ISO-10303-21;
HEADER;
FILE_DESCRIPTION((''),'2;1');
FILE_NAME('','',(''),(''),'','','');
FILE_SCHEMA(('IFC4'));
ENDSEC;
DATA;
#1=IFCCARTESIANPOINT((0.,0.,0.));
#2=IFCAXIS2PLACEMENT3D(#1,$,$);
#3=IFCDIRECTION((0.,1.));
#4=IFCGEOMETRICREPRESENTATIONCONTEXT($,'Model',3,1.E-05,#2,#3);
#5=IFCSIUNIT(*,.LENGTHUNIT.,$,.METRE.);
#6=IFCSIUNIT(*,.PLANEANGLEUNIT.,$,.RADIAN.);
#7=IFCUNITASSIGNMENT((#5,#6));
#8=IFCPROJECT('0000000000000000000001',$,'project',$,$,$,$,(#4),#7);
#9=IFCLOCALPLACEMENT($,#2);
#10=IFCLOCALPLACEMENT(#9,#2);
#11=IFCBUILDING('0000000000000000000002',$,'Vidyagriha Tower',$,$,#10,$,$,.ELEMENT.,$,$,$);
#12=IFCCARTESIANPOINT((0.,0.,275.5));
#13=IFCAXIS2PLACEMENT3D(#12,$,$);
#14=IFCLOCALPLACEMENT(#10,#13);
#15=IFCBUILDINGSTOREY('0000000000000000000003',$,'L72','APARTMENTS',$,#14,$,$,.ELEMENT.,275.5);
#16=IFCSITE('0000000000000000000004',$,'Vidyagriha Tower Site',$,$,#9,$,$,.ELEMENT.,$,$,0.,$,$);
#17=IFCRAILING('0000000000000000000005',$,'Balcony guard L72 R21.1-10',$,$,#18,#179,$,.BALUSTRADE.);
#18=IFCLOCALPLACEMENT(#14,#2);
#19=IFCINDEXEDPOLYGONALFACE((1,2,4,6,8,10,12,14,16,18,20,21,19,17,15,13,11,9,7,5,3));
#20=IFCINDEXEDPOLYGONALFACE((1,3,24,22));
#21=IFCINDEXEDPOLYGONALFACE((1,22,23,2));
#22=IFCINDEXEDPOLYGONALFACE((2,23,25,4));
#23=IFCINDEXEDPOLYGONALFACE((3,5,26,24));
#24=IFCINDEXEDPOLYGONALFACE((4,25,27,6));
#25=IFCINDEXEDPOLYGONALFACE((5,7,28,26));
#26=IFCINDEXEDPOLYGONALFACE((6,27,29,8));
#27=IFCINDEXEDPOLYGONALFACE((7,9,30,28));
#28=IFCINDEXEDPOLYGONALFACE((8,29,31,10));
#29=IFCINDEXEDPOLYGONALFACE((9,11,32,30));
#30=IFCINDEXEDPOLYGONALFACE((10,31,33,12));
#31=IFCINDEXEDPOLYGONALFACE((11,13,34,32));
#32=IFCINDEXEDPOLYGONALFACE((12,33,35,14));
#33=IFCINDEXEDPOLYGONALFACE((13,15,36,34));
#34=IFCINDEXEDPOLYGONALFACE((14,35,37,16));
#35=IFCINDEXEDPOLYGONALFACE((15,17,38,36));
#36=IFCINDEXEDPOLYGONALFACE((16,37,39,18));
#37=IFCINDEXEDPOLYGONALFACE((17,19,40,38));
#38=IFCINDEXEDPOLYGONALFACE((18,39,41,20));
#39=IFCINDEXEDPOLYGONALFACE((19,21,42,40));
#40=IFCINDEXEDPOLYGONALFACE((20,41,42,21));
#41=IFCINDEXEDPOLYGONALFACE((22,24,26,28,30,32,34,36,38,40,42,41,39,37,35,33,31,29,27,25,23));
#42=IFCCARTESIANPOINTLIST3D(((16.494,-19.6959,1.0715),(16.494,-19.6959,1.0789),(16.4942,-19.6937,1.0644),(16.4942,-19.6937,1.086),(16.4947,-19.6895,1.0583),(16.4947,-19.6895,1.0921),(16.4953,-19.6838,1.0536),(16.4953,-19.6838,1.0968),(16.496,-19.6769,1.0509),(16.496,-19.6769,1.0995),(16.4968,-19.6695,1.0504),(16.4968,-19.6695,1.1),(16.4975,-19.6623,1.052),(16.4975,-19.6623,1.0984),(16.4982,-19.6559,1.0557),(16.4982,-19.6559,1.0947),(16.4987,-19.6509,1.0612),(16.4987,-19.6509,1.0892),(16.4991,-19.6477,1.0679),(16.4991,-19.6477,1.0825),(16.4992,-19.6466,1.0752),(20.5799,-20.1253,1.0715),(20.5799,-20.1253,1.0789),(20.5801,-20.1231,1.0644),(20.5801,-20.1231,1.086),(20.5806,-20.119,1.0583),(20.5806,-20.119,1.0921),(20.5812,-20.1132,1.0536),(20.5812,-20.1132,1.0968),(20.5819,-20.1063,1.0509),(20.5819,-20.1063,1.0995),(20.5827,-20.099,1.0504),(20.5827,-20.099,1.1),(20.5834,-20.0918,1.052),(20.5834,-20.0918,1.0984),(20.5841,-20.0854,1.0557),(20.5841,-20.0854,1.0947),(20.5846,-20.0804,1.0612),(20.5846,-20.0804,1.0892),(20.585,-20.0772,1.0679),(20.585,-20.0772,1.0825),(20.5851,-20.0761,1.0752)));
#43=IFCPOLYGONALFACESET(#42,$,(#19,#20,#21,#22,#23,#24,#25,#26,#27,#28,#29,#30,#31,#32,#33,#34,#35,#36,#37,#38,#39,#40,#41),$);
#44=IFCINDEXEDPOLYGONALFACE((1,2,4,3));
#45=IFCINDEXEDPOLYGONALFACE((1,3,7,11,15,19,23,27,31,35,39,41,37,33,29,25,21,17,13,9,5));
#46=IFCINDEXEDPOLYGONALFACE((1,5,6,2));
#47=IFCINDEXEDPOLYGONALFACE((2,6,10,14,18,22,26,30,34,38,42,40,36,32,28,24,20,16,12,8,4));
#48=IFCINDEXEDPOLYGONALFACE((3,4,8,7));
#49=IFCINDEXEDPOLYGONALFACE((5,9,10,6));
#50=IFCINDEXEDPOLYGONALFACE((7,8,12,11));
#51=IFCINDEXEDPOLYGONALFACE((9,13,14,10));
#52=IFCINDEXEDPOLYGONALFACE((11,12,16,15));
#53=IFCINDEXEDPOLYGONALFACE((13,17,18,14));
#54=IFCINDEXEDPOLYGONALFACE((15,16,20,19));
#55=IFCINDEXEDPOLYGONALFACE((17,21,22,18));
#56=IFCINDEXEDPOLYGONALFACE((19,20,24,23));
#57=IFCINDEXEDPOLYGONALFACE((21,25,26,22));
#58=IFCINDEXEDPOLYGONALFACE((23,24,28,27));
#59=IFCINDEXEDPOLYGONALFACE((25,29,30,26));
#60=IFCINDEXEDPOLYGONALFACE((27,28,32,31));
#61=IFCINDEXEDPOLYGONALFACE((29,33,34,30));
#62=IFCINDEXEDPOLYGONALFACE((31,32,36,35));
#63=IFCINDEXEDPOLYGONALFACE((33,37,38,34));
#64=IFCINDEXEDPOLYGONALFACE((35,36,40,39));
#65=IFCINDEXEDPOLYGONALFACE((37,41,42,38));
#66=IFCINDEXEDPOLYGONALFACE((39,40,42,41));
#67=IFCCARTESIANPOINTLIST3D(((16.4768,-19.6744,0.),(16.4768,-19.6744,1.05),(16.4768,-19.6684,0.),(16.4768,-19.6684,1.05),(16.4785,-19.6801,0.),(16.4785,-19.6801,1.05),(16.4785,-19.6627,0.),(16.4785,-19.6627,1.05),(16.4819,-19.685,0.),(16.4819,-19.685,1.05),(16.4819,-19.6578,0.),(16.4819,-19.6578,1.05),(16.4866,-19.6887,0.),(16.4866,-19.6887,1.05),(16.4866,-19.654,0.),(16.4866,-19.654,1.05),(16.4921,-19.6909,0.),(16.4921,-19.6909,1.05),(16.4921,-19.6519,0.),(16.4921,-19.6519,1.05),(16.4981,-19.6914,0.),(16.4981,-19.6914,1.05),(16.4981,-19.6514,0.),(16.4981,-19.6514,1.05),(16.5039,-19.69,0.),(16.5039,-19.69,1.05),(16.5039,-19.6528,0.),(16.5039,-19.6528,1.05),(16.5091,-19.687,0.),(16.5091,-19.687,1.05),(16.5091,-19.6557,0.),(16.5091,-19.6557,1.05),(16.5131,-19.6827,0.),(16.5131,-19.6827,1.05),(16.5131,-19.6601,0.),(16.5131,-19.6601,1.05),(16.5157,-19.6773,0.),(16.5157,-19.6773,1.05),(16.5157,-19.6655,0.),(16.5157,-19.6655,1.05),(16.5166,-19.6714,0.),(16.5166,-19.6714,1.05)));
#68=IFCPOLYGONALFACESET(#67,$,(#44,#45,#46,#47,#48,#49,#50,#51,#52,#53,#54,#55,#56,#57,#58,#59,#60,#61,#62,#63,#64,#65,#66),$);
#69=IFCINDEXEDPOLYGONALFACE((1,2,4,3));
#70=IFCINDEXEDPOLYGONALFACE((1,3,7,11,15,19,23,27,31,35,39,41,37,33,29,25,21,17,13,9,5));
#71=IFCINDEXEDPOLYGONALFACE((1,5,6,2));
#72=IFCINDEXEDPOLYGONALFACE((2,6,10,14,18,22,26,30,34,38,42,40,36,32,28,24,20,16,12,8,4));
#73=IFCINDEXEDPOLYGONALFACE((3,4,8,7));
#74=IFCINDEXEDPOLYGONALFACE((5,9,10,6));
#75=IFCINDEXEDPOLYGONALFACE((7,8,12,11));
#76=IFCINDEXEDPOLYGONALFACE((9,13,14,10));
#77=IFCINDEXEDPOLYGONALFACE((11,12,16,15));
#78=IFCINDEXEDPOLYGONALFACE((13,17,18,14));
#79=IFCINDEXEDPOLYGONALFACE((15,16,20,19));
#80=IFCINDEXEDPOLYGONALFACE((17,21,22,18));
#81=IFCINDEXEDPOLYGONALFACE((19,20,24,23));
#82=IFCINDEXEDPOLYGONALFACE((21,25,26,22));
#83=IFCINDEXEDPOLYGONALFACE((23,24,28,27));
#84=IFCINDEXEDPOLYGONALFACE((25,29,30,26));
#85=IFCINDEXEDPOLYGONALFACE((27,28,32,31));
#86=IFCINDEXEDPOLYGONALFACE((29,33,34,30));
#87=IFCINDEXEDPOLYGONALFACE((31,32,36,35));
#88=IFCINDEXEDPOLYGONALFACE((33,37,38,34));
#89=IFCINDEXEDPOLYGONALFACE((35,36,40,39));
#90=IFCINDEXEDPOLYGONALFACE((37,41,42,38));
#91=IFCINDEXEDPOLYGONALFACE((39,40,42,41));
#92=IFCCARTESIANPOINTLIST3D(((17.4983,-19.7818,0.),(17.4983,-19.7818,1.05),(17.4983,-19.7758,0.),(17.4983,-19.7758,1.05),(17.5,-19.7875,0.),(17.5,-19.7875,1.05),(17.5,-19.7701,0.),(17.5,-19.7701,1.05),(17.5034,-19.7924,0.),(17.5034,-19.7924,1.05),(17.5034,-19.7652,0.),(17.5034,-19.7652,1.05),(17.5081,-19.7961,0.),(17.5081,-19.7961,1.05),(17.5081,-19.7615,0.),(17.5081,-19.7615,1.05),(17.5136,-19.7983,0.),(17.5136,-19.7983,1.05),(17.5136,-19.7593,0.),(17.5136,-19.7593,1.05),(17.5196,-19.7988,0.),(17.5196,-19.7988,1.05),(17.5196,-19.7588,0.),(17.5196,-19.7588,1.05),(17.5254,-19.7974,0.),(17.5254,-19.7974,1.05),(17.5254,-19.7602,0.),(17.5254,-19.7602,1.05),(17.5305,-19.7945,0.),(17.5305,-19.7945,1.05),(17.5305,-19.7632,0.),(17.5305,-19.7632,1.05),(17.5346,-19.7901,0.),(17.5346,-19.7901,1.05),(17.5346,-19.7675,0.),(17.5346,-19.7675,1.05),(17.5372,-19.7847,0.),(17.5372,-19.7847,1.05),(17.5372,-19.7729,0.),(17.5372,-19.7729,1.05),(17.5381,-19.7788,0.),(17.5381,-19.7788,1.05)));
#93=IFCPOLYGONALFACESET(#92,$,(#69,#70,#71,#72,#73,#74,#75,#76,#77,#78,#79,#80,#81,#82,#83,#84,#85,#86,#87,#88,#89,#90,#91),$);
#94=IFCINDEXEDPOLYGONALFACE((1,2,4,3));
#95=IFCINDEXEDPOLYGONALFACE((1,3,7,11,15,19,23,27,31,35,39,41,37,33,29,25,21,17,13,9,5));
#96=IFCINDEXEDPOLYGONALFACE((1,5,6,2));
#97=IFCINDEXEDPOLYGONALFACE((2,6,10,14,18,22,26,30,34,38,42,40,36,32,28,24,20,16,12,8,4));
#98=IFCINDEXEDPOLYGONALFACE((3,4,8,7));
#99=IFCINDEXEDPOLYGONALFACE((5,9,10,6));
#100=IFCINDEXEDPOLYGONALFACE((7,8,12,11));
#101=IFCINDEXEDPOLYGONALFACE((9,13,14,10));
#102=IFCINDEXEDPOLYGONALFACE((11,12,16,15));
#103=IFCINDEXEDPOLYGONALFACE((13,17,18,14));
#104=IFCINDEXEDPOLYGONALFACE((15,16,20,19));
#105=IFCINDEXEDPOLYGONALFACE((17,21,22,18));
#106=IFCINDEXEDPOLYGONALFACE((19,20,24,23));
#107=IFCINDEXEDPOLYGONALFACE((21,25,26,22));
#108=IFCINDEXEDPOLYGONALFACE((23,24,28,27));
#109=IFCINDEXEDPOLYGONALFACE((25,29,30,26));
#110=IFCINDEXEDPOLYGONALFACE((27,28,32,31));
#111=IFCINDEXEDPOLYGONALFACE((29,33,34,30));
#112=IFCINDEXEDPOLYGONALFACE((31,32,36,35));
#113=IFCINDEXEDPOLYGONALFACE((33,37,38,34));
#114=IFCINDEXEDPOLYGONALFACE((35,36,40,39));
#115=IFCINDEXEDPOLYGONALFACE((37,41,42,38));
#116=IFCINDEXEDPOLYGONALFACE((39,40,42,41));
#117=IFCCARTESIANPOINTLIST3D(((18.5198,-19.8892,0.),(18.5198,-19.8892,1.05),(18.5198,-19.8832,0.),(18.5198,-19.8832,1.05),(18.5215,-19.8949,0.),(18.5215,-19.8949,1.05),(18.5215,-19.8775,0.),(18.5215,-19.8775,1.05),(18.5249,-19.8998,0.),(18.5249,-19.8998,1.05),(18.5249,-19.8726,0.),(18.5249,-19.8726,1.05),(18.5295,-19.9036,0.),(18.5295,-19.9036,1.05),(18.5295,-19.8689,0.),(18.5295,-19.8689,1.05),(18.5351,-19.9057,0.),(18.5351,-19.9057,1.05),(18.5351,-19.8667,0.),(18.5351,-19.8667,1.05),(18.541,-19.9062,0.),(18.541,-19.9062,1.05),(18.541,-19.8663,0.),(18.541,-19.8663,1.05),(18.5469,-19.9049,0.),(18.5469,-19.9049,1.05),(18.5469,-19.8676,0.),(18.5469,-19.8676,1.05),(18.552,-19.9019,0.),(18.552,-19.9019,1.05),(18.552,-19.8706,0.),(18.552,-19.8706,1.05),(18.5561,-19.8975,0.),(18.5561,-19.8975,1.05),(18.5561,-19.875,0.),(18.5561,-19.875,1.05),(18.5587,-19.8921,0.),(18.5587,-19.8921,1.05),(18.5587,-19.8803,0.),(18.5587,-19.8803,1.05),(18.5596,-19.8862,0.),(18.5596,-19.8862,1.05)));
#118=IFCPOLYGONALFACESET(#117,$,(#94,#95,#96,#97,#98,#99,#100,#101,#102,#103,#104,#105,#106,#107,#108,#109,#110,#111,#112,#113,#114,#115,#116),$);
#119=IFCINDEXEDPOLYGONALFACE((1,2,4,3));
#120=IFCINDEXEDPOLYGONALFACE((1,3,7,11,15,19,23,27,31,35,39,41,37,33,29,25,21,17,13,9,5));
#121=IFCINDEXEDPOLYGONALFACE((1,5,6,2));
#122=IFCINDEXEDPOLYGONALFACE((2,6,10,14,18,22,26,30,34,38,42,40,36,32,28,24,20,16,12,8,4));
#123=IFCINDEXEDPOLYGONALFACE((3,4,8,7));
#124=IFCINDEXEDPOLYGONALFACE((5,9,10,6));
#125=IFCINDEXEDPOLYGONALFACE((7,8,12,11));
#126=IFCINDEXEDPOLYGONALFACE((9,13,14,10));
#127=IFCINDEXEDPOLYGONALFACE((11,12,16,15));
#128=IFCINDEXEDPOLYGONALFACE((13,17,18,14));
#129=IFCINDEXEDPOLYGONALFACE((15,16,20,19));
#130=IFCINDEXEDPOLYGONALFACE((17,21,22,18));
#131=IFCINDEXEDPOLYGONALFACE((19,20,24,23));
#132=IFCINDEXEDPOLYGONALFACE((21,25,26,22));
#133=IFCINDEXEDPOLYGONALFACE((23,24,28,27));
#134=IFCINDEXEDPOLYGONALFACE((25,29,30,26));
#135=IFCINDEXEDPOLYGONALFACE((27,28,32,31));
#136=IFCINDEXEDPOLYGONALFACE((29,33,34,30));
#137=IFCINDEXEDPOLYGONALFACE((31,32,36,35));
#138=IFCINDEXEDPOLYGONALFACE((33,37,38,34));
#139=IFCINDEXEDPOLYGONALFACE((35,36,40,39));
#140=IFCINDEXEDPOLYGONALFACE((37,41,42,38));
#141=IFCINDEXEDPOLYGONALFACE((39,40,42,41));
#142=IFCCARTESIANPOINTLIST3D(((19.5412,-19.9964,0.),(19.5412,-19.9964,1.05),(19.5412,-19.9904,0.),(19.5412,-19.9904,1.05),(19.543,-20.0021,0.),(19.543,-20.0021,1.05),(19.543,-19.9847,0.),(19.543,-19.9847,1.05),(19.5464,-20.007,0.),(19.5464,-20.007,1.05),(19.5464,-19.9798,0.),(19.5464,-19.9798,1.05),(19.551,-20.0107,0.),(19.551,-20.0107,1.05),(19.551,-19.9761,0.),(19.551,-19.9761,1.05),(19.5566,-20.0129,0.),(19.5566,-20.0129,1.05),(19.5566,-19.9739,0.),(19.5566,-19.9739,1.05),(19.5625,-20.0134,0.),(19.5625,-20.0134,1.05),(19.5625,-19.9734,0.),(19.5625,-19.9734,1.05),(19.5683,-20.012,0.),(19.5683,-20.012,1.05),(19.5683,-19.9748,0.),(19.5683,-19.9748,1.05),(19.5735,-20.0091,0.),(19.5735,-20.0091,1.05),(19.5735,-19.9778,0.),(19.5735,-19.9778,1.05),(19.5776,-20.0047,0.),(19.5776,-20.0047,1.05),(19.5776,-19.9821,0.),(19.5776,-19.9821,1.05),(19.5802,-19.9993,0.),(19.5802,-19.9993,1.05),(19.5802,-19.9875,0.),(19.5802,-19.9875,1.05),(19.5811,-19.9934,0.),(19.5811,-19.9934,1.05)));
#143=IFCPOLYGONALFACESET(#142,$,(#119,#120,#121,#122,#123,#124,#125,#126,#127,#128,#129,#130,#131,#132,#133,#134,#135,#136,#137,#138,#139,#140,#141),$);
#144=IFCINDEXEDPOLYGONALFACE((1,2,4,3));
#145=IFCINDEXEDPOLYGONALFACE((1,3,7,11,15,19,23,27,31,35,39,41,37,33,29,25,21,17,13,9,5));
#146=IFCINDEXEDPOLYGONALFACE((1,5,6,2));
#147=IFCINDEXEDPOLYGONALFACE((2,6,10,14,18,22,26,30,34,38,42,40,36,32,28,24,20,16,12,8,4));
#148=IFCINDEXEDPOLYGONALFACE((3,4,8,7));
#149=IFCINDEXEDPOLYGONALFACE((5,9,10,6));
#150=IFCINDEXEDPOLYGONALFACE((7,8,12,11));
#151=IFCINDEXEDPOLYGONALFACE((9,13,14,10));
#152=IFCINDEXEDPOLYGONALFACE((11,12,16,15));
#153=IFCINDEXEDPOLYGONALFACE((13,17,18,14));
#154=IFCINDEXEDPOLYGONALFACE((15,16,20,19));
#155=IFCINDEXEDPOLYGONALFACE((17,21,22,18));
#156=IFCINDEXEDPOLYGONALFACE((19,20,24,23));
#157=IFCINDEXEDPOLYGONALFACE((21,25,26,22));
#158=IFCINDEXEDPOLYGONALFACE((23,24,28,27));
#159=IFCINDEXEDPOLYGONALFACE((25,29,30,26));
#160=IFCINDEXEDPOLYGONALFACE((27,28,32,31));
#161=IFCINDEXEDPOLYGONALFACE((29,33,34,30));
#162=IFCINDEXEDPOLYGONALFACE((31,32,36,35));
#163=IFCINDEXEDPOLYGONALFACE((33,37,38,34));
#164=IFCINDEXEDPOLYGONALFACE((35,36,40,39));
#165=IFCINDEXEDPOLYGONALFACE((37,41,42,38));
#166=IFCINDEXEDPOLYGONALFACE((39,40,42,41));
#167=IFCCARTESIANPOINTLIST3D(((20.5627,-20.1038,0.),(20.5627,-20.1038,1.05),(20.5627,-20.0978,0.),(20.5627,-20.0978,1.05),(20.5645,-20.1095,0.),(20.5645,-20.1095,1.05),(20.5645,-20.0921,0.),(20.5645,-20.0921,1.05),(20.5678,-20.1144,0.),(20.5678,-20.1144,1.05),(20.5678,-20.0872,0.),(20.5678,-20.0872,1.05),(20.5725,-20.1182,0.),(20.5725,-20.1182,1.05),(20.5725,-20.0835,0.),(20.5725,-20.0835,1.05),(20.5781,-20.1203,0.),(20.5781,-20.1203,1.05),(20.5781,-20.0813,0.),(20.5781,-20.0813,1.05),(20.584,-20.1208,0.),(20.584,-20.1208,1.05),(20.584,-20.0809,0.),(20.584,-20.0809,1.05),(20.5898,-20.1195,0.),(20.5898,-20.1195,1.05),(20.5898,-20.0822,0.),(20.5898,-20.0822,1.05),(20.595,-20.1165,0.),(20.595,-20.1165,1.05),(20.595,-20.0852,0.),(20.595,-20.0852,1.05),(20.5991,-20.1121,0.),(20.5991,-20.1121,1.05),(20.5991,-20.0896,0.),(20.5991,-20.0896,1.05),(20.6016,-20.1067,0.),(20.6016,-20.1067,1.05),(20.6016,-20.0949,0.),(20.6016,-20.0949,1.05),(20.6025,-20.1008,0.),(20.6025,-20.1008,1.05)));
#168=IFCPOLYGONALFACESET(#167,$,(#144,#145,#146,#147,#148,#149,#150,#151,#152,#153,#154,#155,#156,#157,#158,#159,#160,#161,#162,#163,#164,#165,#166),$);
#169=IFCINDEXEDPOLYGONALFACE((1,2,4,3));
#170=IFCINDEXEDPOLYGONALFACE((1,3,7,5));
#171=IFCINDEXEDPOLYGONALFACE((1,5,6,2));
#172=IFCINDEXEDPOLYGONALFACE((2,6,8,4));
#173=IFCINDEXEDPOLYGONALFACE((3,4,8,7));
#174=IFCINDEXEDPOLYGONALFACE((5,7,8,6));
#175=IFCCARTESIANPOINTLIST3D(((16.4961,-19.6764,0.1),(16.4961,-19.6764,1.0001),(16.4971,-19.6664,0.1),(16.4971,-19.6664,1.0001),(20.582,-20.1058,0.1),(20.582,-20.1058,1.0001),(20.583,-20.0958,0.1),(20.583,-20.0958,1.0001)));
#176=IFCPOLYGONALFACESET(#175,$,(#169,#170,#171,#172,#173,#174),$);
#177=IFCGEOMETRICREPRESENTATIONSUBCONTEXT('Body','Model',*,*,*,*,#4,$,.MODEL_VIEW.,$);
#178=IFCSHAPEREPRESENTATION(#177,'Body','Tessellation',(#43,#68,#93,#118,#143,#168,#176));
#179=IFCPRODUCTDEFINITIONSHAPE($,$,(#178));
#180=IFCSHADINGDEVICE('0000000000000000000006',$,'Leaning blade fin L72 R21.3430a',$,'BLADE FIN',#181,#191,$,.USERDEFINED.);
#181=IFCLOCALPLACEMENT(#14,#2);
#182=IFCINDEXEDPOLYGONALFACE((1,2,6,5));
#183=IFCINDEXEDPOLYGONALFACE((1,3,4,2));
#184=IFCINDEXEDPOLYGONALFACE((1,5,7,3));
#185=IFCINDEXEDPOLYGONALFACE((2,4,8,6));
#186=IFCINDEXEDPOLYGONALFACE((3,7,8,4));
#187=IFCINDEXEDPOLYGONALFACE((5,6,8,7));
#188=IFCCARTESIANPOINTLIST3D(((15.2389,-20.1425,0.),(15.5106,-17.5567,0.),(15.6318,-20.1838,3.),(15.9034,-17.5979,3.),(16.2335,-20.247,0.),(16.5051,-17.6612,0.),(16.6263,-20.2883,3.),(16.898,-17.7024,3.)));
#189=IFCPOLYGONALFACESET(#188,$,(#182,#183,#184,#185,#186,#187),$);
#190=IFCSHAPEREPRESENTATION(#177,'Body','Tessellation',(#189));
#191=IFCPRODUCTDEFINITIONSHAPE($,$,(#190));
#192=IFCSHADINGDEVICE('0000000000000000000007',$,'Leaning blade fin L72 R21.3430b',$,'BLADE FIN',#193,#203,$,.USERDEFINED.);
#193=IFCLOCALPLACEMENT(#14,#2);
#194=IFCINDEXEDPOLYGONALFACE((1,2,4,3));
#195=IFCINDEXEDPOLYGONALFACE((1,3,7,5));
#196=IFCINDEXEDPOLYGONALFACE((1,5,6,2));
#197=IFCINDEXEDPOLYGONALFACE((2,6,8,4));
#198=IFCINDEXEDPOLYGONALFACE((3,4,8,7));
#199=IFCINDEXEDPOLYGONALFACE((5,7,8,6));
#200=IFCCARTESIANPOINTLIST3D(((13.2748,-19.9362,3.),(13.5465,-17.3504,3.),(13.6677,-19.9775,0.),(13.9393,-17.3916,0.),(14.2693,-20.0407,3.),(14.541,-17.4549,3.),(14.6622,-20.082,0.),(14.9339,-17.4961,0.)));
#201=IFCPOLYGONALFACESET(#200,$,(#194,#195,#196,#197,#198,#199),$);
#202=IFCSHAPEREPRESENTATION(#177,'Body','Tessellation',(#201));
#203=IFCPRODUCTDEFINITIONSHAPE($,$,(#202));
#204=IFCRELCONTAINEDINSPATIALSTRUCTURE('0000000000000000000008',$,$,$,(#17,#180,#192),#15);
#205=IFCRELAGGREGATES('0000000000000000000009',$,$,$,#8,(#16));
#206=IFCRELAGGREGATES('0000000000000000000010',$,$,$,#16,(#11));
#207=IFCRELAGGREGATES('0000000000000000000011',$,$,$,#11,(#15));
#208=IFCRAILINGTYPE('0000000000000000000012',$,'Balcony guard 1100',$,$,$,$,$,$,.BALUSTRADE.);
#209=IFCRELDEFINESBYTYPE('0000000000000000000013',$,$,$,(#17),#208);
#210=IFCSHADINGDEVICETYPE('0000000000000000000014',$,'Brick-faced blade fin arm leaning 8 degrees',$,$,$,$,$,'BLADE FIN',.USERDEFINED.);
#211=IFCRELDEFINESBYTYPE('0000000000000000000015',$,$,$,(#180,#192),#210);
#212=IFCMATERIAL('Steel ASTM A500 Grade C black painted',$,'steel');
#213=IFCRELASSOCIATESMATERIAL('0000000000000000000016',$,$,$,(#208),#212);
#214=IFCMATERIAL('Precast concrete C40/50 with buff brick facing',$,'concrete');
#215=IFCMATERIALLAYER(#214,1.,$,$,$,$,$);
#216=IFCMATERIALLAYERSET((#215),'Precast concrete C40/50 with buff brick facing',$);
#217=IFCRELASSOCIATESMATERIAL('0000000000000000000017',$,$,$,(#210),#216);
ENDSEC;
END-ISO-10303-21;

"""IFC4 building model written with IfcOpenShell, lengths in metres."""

from ifc_helpers import new_model, si_unit, direction, frame, origin, origin_2d, place, context, subcontext, project, spatial, polyline, rectangle, circle, outline, extrude, material, layer, layer_set, type_object, element, save


model = new_model("IFC4")

# Units and contexts
model_context = context("Model", 3, precision=1e-05, world=origin(), true_north=direction((0.0, 1.0)))
body_context = subcontext(model_context, "Body", "Model", "MODEL_VIEW")
ifc_project = project(units=[si_unit("LENGTHUNIT", "METRE"), si_unit("PLANEANGLEUNIT", "RADIAN")], contexts=[model_context])

# Site, building, storey
site_placement = place(None, origin())
site = spatial("IfcSite", under=ifc_project, at=site_placement, Name="Vidyagriha Tower Site", CompositionType="ELEMENT", RefElevation=0.0)
building_placement = place(site_placement, origin())
building = spatial("IfcBuilding", under=site, at=building_placement, Name="Vidyagriha Tower", CompositionType="ELEMENT")
storey_placement = place(building_placement, frame((0.0, 0.0, 275.5)))
storey = spatial("IfcBuildingStorey", under=building, at=storey_placement, Name="L72", Description="APARTMENTS", CompositionType="ELEMENT", Elevation=275.5)

# Railing
ifc_material_1 = material(Name="Steel ASTM A500 Grade C black painted", Category="steel")
railing_type = type_object("IfcRailingType", Name="Balcony guard 1100", PredefinedType="BALUSTRADE", material=ifc_material_1)
railing_1_placement = place(storey_placement, frame((16.4966, -19.6714, 0.0)))
element("IfcRailing", 1, at=railing_1_placement, inside=storey, type_object=railing_type, Name="Balcony guard L72 R21.1-10", PredefinedType="BALUSTRADE", context=body_context, shape_type="SweptSolid", body=[
    extrude(circle(Radius=0.0249, at=origin_2d()), frame((0.0, 0.0, 1.0752), z_axis=(0.994522, -0.104527, 0.0), x_axis=(0.104527, 0.994522, 0.0)), (0.0, 0.0, 1.0), 4.1084),
    extrude(circle(Radius=0.02, at=origin_2d()), origin(), (0.0, 0.0, 1.0), 1.05),
    extrude(circle(Radius=0.02, at=origin_2d()), frame((1.0215, -0.1074, 0.0)), (0.0, 0.0, 1.0), 1.05),
    extrude(circle(Radius=0.02, at=origin_2d()), frame((2.043, -0.2148, 0.0)), (0.0, 0.0, 1.0), 1.05),
    extrude(circle(Radius=0.02, at=origin_2d()), frame((3.0645, -0.322, 0.0)), (0.0, 0.0, 1.0), 1.05),
    extrude(circle(Radius=0.02, at=origin_2d()), frame((4.0859, -0.4294, 0.0)), (0.0, 0.0, 1.0), 1.05),
    extrude(rectangle(XDim=0.01, YDim=0.9001, at=origin_2d()), frame((0.0, 0.0, 0.55), z_axis=(0.994522, -0.104527, 0.0), x_axis=(0.104527, 0.994522, 0.0)), (0.0, 0.0, 1.0), 4.1084),
])

# Shading devices
ifc_material_2 = material(Name="Precast concrete C40/50 with buff brick facing", Category="concrete")
ifc_layer_1 = layer(ifc_material_2, 1.0)
ifc_layer_set_1 = layer_set([ifc_layer_1], Name="Precast concrete C40/50 with buff brick facing")
shading_device_type_1 = type_object("IfcShadingDeviceType", Name="Brick-faced blade fin arm leaning 8 degrees", ElementType="BLADE FIN", PredefinedType="USERDEFINED", material=ifc_layer_set_1)
shading_device_1_placement = place(storey_placement, frame((15.3748, -18.8496, 0.0), z_axis=(0.0, 0.0, 1.0), x_axis=(0.994527, -0.104475, 0.0)))
element("IfcShadingDevice", 2, at=shading_device_1_placement, inside=storey, type_object=shading_device_type_1, Name="Leaning blade fin L72 R21.3430a", ObjectType="BLADE FIN", PredefinedType="USERDEFINED", context=body_context, shape_type="SweptSolid", body=[
    extrude(outline(polyline([(0.0, 0.0), (1.0, 0.0), (1.395, 3.0), (0.395, 3.0), (0.0, 0.0)])), frame((0.0, 1.3, 0.0), z_axis=(0.0, -1.0, 0.0), x_axis=(1.0, 0.0, 0.0)), (0.0, 0.0, 1.0), 2.6001),
])
shading_device_2_placement = place(storey_placement, frame((13.4106, -18.6433, 0.0), z_axis=(0.0, 0.0, 1.0), x_axis=(0.994527, -0.104475, 0.0)))
element("IfcShadingDevice", 3, at=shading_device_2_placement, inside=storey, type_object=shading_device_type_1, Name="Leaning blade fin L72 R21.3430b", ObjectType="BLADE FIN", PredefinedType="USERDEFINED", context=body_context, shape_type="SweptSolid", body=[
    extrude(outline(polyline([(0.395, 0.0), (1.395, 0.0), (1.0, 3.0), (0.0, 3.0), (0.395, 0.0)])), frame((0.0, 1.3, 0.0), z_axis=(0.0, -1.0, 0.0), x_axis=(1.0, 0.0, 0.0)), (0.0, 0.0, 1.0), 2.6001),
])

save(model, "model.ifc")
